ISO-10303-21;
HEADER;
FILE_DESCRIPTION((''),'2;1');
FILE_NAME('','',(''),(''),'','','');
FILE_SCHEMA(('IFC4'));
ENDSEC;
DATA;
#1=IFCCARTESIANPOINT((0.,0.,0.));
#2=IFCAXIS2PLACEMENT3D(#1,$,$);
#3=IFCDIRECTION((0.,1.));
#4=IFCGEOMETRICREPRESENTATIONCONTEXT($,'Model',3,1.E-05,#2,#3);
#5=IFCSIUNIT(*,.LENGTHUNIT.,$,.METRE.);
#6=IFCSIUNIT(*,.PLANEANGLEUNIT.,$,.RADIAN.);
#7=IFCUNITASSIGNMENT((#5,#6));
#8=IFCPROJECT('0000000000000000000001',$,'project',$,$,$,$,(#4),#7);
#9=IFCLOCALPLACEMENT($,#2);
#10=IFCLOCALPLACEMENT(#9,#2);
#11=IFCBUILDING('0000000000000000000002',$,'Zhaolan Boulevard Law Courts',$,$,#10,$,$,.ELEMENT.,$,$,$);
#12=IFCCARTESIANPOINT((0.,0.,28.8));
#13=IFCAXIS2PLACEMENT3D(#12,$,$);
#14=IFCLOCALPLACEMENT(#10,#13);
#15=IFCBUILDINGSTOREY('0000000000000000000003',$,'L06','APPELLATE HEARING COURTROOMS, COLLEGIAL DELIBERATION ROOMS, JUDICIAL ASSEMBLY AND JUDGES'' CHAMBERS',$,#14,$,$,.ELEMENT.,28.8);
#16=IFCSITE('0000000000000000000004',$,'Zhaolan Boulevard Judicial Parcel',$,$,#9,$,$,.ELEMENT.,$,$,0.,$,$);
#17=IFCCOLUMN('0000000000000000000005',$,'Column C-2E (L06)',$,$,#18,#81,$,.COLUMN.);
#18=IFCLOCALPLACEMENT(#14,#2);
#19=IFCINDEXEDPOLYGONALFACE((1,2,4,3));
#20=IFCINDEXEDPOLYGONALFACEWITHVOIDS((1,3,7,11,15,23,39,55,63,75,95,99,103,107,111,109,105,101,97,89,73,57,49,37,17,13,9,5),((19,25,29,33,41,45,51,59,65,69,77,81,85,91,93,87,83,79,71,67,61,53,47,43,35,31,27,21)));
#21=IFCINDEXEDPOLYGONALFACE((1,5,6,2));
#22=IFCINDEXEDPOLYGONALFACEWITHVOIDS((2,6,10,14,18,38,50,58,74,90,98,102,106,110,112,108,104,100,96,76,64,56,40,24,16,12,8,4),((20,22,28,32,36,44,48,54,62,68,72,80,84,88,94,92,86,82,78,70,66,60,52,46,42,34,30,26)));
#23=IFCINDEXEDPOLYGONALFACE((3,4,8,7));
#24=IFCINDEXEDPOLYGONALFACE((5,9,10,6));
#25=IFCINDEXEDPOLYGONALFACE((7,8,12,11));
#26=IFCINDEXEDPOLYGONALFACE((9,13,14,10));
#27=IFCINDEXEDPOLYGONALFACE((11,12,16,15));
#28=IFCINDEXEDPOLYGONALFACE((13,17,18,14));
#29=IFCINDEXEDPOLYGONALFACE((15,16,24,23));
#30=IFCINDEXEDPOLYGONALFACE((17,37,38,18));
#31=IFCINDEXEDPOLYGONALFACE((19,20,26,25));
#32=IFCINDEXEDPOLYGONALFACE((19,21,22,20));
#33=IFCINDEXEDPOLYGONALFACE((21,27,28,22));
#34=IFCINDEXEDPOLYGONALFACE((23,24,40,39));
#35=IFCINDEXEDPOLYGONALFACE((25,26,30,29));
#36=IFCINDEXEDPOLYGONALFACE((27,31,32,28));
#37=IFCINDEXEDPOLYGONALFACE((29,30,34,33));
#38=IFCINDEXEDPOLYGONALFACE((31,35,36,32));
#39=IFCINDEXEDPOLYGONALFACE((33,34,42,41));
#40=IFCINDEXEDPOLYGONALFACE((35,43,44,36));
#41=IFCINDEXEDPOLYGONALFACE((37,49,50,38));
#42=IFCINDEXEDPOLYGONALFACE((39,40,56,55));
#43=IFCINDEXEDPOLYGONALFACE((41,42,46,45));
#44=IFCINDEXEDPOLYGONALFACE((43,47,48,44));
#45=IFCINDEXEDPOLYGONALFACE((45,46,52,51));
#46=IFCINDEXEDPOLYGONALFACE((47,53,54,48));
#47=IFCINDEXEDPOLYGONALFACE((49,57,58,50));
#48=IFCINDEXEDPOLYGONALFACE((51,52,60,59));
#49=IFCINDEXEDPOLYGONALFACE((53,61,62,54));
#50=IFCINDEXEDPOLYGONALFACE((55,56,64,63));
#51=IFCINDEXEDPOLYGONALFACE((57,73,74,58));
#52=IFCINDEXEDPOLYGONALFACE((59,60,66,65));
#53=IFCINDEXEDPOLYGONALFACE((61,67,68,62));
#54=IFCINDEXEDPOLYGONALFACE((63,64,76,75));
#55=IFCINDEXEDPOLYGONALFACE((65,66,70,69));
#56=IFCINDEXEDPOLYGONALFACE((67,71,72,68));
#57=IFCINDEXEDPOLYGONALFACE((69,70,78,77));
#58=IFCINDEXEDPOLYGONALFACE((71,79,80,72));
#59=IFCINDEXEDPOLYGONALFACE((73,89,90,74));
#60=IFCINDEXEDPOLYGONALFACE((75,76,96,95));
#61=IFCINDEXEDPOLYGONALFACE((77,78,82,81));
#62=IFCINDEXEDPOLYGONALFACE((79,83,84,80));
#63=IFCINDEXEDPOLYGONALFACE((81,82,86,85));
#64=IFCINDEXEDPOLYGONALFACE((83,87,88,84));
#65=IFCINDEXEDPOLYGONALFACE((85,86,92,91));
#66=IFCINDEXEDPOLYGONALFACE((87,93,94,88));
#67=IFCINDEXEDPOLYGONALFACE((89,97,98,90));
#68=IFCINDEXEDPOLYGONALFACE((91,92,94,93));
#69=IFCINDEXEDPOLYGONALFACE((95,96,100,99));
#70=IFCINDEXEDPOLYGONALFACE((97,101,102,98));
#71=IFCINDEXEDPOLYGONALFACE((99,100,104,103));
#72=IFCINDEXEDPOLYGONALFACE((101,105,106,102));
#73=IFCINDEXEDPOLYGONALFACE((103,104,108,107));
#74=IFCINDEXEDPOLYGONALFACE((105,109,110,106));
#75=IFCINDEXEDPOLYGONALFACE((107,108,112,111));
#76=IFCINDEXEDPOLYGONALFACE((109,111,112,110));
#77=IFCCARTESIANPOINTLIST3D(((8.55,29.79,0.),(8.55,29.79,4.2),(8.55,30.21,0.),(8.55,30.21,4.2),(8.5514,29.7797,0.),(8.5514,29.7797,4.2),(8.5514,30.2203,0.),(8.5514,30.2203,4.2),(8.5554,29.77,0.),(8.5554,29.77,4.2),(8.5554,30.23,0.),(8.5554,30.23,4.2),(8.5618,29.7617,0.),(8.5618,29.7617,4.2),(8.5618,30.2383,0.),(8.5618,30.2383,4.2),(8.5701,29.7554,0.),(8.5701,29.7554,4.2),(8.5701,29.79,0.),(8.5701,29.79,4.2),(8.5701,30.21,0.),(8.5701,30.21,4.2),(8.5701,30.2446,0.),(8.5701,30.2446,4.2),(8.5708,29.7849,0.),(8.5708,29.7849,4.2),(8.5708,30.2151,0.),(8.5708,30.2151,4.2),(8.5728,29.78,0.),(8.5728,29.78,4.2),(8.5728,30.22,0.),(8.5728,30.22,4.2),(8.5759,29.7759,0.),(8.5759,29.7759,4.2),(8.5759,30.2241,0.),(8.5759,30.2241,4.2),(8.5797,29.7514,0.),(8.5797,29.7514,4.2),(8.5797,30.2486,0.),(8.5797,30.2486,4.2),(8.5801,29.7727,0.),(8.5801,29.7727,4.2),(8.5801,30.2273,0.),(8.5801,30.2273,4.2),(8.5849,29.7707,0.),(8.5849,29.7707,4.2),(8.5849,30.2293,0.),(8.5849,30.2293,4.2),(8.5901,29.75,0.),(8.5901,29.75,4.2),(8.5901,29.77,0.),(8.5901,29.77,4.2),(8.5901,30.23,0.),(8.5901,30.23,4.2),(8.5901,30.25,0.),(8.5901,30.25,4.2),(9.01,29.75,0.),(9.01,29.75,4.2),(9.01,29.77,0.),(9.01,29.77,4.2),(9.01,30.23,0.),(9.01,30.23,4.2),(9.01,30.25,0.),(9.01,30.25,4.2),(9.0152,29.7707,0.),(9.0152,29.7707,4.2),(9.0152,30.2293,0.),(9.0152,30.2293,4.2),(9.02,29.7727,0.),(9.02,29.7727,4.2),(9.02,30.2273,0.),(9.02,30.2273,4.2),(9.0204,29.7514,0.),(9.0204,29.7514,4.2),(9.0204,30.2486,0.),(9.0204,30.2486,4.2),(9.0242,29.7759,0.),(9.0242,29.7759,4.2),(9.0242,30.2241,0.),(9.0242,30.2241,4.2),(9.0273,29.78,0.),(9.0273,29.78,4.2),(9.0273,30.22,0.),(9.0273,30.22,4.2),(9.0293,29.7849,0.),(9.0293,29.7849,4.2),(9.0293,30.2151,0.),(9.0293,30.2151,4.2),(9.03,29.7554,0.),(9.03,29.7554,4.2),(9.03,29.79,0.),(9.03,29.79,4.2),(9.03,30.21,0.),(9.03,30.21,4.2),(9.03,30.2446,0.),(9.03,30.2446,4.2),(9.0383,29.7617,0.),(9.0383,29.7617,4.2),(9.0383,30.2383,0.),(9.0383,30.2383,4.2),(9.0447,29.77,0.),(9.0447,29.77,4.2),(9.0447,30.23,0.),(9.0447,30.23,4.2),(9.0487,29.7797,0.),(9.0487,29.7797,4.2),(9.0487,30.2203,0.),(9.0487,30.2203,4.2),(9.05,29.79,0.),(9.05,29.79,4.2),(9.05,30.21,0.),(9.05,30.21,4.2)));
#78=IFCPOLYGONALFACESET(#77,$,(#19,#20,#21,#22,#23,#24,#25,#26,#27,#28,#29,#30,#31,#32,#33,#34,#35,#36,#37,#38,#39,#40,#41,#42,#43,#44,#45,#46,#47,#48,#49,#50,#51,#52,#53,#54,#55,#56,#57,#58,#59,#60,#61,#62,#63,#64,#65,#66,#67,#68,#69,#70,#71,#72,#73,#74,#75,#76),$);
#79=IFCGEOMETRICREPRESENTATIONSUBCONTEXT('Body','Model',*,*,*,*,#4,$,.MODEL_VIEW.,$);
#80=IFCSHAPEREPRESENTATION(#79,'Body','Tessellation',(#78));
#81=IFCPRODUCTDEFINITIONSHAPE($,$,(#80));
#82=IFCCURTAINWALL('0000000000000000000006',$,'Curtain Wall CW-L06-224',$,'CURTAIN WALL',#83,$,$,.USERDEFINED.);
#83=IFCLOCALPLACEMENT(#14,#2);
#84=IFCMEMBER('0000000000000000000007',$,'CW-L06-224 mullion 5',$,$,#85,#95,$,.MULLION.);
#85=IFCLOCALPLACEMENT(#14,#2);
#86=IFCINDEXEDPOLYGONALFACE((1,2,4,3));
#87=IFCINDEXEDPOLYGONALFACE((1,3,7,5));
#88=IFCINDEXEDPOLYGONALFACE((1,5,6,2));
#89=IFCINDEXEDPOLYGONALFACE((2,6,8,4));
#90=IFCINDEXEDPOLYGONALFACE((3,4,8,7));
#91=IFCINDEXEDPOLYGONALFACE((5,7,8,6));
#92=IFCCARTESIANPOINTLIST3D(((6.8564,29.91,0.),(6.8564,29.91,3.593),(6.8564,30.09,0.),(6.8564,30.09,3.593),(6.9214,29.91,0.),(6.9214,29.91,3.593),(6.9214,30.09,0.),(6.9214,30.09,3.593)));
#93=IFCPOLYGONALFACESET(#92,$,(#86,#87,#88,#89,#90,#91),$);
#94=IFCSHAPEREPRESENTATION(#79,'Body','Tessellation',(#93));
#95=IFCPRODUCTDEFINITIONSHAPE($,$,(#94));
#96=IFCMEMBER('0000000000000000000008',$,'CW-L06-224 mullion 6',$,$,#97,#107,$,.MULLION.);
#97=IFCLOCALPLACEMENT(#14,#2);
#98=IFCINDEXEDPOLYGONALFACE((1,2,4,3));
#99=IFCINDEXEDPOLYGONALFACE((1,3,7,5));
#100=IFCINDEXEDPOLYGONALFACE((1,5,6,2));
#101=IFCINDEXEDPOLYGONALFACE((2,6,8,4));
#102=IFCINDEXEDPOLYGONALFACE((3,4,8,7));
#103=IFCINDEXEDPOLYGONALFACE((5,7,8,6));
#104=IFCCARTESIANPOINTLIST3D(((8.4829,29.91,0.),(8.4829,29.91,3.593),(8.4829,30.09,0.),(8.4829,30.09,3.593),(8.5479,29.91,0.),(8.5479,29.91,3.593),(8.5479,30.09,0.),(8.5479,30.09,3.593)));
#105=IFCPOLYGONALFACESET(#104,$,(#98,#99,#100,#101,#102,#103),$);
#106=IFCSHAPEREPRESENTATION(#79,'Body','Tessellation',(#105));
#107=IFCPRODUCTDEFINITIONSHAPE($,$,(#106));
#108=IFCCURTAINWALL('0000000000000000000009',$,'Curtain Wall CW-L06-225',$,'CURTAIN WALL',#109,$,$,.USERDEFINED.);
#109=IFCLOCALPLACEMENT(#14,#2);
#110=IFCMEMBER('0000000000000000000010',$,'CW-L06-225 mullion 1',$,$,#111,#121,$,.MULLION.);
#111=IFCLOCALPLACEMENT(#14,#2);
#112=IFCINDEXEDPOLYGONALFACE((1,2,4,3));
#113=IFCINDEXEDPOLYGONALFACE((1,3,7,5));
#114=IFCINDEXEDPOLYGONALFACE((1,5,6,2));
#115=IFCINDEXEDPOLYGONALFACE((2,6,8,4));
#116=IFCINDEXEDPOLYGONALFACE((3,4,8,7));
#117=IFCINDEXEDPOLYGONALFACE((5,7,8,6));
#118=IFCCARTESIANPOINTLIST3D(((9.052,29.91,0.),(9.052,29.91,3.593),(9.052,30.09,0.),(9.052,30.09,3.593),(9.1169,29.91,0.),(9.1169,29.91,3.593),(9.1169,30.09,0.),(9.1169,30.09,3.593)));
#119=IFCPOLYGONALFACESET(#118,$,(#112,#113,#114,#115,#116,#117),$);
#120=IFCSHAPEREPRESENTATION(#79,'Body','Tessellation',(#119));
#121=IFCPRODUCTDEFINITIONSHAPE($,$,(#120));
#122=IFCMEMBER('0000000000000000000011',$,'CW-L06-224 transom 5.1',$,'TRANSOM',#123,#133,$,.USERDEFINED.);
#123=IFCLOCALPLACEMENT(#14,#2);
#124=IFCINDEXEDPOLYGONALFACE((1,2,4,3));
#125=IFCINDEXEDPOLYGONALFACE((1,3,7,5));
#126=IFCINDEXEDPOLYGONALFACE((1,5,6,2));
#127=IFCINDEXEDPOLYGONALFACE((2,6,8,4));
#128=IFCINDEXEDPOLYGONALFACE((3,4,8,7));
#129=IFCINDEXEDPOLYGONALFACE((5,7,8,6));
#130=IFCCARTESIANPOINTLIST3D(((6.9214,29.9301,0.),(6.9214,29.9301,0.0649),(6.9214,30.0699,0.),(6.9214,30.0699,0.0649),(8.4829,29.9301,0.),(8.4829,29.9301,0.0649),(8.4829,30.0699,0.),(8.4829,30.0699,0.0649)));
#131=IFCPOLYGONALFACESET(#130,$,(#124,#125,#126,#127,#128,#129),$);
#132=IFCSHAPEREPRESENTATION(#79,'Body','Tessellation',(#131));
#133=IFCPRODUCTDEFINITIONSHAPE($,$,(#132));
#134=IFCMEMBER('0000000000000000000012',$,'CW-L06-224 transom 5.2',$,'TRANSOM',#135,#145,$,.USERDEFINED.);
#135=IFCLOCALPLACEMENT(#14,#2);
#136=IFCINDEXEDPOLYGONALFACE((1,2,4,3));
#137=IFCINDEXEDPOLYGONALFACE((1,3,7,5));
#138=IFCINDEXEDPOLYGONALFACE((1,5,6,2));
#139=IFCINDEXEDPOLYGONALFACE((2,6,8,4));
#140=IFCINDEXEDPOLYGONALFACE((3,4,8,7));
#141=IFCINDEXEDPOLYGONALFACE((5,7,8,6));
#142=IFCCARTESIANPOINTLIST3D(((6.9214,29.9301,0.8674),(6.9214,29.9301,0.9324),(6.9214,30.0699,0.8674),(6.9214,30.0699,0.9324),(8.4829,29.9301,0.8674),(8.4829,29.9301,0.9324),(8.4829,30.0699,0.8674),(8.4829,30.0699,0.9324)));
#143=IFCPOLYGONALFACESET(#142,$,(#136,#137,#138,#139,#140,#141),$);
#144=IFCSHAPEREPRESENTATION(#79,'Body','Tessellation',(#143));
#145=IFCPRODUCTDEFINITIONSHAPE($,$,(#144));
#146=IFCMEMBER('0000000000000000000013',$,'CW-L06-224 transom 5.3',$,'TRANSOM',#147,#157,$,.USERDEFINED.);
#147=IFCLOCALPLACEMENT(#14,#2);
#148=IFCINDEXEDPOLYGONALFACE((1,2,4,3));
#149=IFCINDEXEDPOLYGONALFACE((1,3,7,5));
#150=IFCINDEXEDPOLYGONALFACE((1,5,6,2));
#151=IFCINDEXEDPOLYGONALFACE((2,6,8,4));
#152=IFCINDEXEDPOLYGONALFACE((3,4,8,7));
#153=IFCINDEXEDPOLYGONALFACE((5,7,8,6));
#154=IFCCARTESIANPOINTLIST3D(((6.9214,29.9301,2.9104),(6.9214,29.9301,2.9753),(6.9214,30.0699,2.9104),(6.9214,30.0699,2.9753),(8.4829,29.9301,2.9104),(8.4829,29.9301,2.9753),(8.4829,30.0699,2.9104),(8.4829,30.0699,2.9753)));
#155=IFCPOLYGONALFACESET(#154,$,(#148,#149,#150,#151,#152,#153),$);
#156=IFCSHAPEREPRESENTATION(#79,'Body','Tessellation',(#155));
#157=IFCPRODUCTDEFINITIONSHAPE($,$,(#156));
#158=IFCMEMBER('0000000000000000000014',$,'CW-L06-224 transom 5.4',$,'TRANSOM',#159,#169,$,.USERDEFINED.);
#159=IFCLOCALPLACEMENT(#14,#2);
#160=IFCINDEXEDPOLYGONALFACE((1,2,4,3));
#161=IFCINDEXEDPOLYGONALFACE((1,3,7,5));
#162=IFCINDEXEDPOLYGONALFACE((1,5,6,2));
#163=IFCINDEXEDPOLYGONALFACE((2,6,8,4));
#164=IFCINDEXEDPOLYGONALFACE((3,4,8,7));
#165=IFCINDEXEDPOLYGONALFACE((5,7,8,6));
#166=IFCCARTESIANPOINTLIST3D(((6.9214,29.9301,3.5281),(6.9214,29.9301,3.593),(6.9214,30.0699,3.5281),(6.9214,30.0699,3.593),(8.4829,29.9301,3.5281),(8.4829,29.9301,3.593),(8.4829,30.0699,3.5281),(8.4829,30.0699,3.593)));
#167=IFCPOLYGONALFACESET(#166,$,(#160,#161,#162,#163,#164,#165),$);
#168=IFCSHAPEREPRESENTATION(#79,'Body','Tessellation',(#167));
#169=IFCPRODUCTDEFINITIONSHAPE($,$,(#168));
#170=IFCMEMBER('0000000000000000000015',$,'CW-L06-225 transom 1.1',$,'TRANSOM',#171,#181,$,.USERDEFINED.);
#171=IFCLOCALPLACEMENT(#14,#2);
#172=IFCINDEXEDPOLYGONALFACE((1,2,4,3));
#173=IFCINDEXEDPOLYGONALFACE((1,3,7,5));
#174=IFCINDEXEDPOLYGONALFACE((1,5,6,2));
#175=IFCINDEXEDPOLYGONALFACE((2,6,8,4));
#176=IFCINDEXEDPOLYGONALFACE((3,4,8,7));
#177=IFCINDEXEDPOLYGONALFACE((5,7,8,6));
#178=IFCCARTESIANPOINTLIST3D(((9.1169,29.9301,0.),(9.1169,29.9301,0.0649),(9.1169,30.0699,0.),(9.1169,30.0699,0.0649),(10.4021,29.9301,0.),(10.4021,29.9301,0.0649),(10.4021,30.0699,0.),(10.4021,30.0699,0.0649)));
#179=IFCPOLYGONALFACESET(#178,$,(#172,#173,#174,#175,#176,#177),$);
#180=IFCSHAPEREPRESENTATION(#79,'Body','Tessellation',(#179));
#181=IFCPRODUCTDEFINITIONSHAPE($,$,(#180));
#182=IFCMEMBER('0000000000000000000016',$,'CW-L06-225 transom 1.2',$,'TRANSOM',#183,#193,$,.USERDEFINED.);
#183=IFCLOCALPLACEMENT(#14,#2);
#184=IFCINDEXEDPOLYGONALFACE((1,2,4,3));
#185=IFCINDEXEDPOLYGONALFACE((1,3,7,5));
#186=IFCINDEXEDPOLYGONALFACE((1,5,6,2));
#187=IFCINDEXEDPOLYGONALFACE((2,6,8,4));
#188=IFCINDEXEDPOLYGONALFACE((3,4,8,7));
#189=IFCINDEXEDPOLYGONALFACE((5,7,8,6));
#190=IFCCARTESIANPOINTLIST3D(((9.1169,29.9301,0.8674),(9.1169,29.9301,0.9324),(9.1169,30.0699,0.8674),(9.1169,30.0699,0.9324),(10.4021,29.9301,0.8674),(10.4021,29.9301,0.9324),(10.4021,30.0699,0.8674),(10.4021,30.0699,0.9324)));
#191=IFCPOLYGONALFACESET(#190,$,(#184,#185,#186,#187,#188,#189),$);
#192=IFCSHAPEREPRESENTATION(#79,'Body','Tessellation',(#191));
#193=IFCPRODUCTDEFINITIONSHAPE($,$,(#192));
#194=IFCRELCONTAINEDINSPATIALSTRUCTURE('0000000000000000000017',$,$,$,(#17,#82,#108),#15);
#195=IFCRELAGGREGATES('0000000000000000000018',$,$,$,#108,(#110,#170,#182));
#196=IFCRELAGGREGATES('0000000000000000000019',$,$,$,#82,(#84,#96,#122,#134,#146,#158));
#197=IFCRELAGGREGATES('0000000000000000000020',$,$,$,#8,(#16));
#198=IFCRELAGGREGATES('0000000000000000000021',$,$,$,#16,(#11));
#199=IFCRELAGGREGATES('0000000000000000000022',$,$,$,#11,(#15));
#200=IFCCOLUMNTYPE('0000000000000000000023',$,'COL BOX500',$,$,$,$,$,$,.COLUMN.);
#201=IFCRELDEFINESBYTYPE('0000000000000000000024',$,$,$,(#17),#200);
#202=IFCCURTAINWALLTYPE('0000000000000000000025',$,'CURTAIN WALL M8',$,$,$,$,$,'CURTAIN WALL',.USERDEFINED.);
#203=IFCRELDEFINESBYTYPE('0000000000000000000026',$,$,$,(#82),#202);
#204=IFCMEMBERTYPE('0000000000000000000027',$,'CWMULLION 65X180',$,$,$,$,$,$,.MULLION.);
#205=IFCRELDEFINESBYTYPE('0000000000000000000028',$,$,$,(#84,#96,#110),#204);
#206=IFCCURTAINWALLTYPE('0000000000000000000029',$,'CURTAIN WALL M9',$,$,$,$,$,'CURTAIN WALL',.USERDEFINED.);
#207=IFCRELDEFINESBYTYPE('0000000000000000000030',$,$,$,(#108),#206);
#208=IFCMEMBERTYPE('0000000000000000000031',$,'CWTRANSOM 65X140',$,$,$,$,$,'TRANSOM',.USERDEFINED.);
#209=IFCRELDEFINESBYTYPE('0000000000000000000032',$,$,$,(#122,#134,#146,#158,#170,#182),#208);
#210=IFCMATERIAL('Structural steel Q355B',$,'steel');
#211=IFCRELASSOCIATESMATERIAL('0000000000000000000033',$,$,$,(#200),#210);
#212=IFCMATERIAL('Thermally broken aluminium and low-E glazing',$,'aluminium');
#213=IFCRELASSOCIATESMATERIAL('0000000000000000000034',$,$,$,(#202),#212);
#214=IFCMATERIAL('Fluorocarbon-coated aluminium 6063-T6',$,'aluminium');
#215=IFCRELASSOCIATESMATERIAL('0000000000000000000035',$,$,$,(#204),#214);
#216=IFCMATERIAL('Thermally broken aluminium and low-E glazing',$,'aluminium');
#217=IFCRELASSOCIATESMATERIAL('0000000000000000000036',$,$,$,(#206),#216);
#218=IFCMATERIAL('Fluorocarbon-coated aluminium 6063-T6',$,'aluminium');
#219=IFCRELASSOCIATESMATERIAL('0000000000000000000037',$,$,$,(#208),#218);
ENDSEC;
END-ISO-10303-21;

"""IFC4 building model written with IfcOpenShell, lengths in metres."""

from ifc_helpers import new_model, si_unit, direction, frame, origin, origin_2d, place, context, subcontext, project, spatial, rectangle, hollow_rectangle, extrude, material, material_profile, profile_set, type_object, element, aggregate, save


model = new_model("IFC4")

# Units and contexts
model_context = context("Model", 3, precision=1e-05, world=origin(), true_north=direction((0.0, 1.0)))
body_context = subcontext(model_context, "Body", "Model", "MODEL_VIEW")
ifc_project = project(units=[si_unit("LENGTHUNIT", "METRE"), si_unit("PLANEANGLEUNIT", "RADIAN")], contexts=[model_context])

# Site, building, storey
site_placement = place(None, origin())
site = spatial("IfcSite", under=ifc_project, at=site_placement, Name="Zhaolan Boulevard Judicial Parcel", CompositionType="ELEMENT", RefElevation=0.0)
building_placement = place(site_placement, origin())
building = spatial("IfcBuilding", under=site, at=building_placement, Name="Zhaolan Boulevard Law Courts", CompositionType="ELEMENT")
storey_placement = place(building_placement, frame((0.0, 0.0, 28.8)))
storey = spatial("IfcBuildingStorey", under=building, at=storey_placement, Name="L06", Description="APPELLATE HEARING COURTROOMS, COLLEGIAL DELIBERATION ROOMS, JUDICIAL ASSEMBLY AND JUDGES' CHAMBERS", CompositionType="ELEMENT", Elevation=28.8)

# Column
ifc_material_1 = material(Name="Structural steel Q355B", Category="steel")
ifc_material_profile_1 = material_profile(ifc_material_1, hollow_rectangle(XDim=0.5, YDim=0.5, WallThickness=0.02, InnerFilletRadius=0.02, OuterFilletRadius=0.04, at=origin_2d()), Name="BOX500x500x20")
ifc_profile_set_1 = profile_set([ifc_material_profile_1], Name="Structural steel Q355B")
column_type = type_object("IfcColumnType", Name="COL BOX500", PredefinedType="COLUMN", material=ifc_profile_set_1)
column_placement = place(storey_placement, frame((8.8, 30.0, 0.0), z_axis=(0.0, 0.0, 1.0), x_axis=(1.0, 0.0, 0.0)))
element("IfcColumn", 1, at=column_placement, inside=storey, type_object=column_type, Name="Column C-2E (L06)", PredefinedType="COLUMN", context=body_context, shape_type="SweptSolid", body=[
    extrude(hollow_rectangle(XDim=0.5, YDim=0.5, WallThickness=0.02, InnerFilletRadius=0.02, OuterFilletRadius=0.04, at=origin_2d()), origin(), (0.0, 0.0, 1.0), 4.2),
])

# Curtain wall, members
ifc_material_2 = material(Name="Thermally broken aluminium and low-E glazing", Category="aluminium")
curtain_wall_type_1 = type_object("IfcCurtainWallType", Name="CURTAIN WALL M8", ElementType="CURTAIN WALL", PredefinedType="USERDEFINED", material=ifc_material_2)
curtain_wall_1_placement = place(storey_placement, origin())
curtain_wall_1 = element("IfcCurtainWall", 2, at=curtain_wall_1_placement, inside=storey, type_object=curtain_wall_type_1, Name="Curtain Wall CW-L06-224", ObjectType="CURTAIN WALL", PredefinedType="USERDEFINED")
ifc_material_3 = material(Name="Fluorocarbon-coated aluminium 6063-T6", Category="aluminium")
ifc_material_profile_2 = material_profile(ifc_material_3, rectangle(XDim=0.1799, YDim=0.0649, at=origin_2d()), Name="AL65x180")
ifc_profile_set_2 = profile_set([ifc_material_profile_2], Name="Fluorocarbon-coated aluminium 6063-T6")
member_type_1 = type_object("IfcMemberType", Name="CWMULLION 65X180", PredefinedType="MULLION", material=ifc_profile_set_2)
member_1_placement = place(storey_placement, frame((6.8889, 30.0, 0.0), z_axis=(0.0, 0.0, 1.0), x_axis=(0.0, 1.0, 0.0)))
member_1 = element("IfcMember", 3, at=member_1_placement, type_object=member_type_1, Name="CW-L06-224 mullion 5", PredefinedType="MULLION", context=body_context, shape_type="SweptSolid", body=[
    extrude(rectangle(XDim=0.1799, YDim=0.0649, at=origin_2d()), origin(), (0.0, 0.0, 1.0), 3.593),
])
member_2_placement = place(storey_placement, frame((8.5154, 30.0, 0.0), z_axis=(0.0, 0.0, 1.0), x_axis=(0.0, 1.0, 0.0)))
member_2 = element("IfcMember", 4, at=member_2_placement, type_object=member_type_1, Name="CW-L06-224 mullion 6", PredefinedType="MULLION", context=body_context, shape_type="SweptSolid", body=[
    extrude(rectangle(XDim=0.1799, YDim=0.0649, at=origin_2d()), origin(), (0.0, 0.0, 1.0), 3.593),
])

# Curtain wall, member
ifc_material_4 = material(Name="Thermally broken aluminium and low-E glazing", Category="aluminium")
curtain_wall_type_2 = type_object("IfcCurtainWallType", Name="CURTAIN WALL M9", ElementType="CURTAIN WALL", PredefinedType="USERDEFINED", material=ifc_material_4)
curtain_wall_2_placement = place(storey_placement, origin())
curtain_wall_2 = element("IfcCurtainWall", 5, at=curtain_wall_2_placement, inside=storey, type_object=curtain_wall_type_2, Name="Curtain Wall CW-L06-225", ObjectType="CURTAIN WALL", PredefinedType="USERDEFINED")
member_3_placement = place(storey_placement, frame((9.0845, 30.0, 0.0), z_axis=(0.0, 0.0, 1.0), x_axis=(0.0, 1.0, 0.0)))
member_3 = element("IfcMember", 6, at=member_3_placement, type_object=member_type_1, Name="CW-L06-225 mullion 1", PredefinedType="MULLION", context=body_context, shape_type="SweptSolid", body=[
    extrude(rectangle(XDim=0.1799, YDim=0.0649, at=origin_2d()), origin(), (0.0, 0.0, 1.0), 3.593),
])

# Members
ifc_material_5 = material(Name="Fluorocarbon-coated aluminium 6063-T6", Category="aluminium")
ifc_material_profile_3 = material_profile(ifc_material_5, rectangle(XDim=0.1399, YDim=0.0649, at=origin_2d()), Name="AL65x140")
ifc_profile_set_3 = profile_set([ifc_material_profile_3], Name="Fluorocarbon-coated aluminium 6063-T6")
member_type_2 = type_object("IfcMemberType", Name="CWTRANSOM 65X140", ElementType="TRANSOM", PredefinedType="USERDEFINED", material=ifc_profile_set_3)
member_4_placement = place(storey_placement, frame((6.9214, 30.0, 0.0325), z_axis=(1.0, 0.0, 0.0), x_axis=(0.0, 1.0, 0.0)))
member_4 = element("IfcMember", 7, at=member_4_placement, type_object=member_type_2, Name="CW-L06-224 transom 5.1", ObjectType="TRANSOM", PredefinedType="USERDEFINED", context=body_context, shape_type="SweptSolid", body=[
    extrude(rectangle(XDim=0.1399, YDim=0.0649, at=origin_2d()), origin(), (0.0, 0.0, 1.0), 1.5615),
])
member_5_placement = place(storey_placement, frame((6.9214, 30.0, 0.8999), z_axis=(1.0, 0.0, 0.0), x_axis=(0.0, 1.0, 0.0)))
member_5 = element("IfcMember", 8, at=member_5_placement, type_object=member_type_2, Name="CW-L06-224 transom 5.2", ObjectType="TRANSOM", PredefinedType="USERDEFINED", context=body_context, shape_type="SweptSolid", body=[
    extrude(rectangle(XDim=0.1399, YDim=0.0649, at=origin_2d()), origin(), (0.0, 0.0, 1.0), 1.5615),
])
member_6_placement = place(storey_placement, frame((6.9214, 30.0, 2.9429), z_axis=(1.0, 0.0, 0.0), x_axis=(0.0, 1.0, 0.0)))
member_6 = element("IfcMember", 9, at=member_6_placement, type_object=member_type_2, Name="CW-L06-224 transom 5.3", ObjectType="TRANSOM", PredefinedType="USERDEFINED", context=body_context, shape_type="SweptSolid", body=[
    extrude(rectangle(XDim=0.1399, YDim=0.0649, at=origin_2d()), origin(), (0.0, 0.0, 1.0), 1.5615),
])
member_7_placement = place(storey_placement, frame((6.9214, 30.0, 3.5605), z_axis=(1.0, 0.0, 0.0), x_axis=(0.0, 1.0, 0.0)))
member_7 = element("IfcMember", 10, at=member_7_placement, type_object=member_type_2, Name="CW-L06-224 transom 5.4", ObjectType="TRANSOM", PredefinedType="USERDEFINED", context=body_context, shape_type="SweptSolid", body=[
    extrude(rectangle(XDim=0.1399, YDim=0.0649, at=origin_2d()), origin(), (0.0, 0.0, 1.0), 1.5615),
])
member_8_placement = place(storey_placement, frame((9.1169, 30.0, 0.0325), z_axis=(1.0, 0.0, 0.0), x_axis=(0.0, 1.0, 0.0)))
member_8 = element("IfcMember", 11, at=member_8_placement, type_object=member_type_2, Name="CW-L06-225 transom 1.1", ObjectType="TRANSOM", PredefinedType="USERDEFINED", context=body_context, shape_type="SweptSolid", body=[
    extrude(rectangle(XDim=0.1399, YDim=0.0649, at=origin_2d()), origin(), (0.0, 0.0, 1.0), 1.2852),
])
member_9_placement = place(storey_placement, frame((9.1169, 30.0, 0.8999), z_axis=(1.0, 0.0, 0.0), x_axis=(0.0, 1.0, 0.0)))
member_9 = element("IfcMember", 12, at=member_9_placement, type_object=member_type_2, Name="CW-L06-225 transom 1.2", ObjectType="TRANSOM", PredefinedType="USERDEFINED", context=body_context, shape_type="SweptSolid", body=[
    extrude(rectangle(XDim=0.1399, YDim=0.0649, at=origin_2d()), origin(), (0.0, 0.0, 1.0), 1.2852),
])
aggregate(curtain_wall_2, [member_3, member_8, member_9])

aggregate(curtain_wall_1, [member_1, member_2, member_4, member_5, member_6, member_7])

save(model, "model.ifc")
